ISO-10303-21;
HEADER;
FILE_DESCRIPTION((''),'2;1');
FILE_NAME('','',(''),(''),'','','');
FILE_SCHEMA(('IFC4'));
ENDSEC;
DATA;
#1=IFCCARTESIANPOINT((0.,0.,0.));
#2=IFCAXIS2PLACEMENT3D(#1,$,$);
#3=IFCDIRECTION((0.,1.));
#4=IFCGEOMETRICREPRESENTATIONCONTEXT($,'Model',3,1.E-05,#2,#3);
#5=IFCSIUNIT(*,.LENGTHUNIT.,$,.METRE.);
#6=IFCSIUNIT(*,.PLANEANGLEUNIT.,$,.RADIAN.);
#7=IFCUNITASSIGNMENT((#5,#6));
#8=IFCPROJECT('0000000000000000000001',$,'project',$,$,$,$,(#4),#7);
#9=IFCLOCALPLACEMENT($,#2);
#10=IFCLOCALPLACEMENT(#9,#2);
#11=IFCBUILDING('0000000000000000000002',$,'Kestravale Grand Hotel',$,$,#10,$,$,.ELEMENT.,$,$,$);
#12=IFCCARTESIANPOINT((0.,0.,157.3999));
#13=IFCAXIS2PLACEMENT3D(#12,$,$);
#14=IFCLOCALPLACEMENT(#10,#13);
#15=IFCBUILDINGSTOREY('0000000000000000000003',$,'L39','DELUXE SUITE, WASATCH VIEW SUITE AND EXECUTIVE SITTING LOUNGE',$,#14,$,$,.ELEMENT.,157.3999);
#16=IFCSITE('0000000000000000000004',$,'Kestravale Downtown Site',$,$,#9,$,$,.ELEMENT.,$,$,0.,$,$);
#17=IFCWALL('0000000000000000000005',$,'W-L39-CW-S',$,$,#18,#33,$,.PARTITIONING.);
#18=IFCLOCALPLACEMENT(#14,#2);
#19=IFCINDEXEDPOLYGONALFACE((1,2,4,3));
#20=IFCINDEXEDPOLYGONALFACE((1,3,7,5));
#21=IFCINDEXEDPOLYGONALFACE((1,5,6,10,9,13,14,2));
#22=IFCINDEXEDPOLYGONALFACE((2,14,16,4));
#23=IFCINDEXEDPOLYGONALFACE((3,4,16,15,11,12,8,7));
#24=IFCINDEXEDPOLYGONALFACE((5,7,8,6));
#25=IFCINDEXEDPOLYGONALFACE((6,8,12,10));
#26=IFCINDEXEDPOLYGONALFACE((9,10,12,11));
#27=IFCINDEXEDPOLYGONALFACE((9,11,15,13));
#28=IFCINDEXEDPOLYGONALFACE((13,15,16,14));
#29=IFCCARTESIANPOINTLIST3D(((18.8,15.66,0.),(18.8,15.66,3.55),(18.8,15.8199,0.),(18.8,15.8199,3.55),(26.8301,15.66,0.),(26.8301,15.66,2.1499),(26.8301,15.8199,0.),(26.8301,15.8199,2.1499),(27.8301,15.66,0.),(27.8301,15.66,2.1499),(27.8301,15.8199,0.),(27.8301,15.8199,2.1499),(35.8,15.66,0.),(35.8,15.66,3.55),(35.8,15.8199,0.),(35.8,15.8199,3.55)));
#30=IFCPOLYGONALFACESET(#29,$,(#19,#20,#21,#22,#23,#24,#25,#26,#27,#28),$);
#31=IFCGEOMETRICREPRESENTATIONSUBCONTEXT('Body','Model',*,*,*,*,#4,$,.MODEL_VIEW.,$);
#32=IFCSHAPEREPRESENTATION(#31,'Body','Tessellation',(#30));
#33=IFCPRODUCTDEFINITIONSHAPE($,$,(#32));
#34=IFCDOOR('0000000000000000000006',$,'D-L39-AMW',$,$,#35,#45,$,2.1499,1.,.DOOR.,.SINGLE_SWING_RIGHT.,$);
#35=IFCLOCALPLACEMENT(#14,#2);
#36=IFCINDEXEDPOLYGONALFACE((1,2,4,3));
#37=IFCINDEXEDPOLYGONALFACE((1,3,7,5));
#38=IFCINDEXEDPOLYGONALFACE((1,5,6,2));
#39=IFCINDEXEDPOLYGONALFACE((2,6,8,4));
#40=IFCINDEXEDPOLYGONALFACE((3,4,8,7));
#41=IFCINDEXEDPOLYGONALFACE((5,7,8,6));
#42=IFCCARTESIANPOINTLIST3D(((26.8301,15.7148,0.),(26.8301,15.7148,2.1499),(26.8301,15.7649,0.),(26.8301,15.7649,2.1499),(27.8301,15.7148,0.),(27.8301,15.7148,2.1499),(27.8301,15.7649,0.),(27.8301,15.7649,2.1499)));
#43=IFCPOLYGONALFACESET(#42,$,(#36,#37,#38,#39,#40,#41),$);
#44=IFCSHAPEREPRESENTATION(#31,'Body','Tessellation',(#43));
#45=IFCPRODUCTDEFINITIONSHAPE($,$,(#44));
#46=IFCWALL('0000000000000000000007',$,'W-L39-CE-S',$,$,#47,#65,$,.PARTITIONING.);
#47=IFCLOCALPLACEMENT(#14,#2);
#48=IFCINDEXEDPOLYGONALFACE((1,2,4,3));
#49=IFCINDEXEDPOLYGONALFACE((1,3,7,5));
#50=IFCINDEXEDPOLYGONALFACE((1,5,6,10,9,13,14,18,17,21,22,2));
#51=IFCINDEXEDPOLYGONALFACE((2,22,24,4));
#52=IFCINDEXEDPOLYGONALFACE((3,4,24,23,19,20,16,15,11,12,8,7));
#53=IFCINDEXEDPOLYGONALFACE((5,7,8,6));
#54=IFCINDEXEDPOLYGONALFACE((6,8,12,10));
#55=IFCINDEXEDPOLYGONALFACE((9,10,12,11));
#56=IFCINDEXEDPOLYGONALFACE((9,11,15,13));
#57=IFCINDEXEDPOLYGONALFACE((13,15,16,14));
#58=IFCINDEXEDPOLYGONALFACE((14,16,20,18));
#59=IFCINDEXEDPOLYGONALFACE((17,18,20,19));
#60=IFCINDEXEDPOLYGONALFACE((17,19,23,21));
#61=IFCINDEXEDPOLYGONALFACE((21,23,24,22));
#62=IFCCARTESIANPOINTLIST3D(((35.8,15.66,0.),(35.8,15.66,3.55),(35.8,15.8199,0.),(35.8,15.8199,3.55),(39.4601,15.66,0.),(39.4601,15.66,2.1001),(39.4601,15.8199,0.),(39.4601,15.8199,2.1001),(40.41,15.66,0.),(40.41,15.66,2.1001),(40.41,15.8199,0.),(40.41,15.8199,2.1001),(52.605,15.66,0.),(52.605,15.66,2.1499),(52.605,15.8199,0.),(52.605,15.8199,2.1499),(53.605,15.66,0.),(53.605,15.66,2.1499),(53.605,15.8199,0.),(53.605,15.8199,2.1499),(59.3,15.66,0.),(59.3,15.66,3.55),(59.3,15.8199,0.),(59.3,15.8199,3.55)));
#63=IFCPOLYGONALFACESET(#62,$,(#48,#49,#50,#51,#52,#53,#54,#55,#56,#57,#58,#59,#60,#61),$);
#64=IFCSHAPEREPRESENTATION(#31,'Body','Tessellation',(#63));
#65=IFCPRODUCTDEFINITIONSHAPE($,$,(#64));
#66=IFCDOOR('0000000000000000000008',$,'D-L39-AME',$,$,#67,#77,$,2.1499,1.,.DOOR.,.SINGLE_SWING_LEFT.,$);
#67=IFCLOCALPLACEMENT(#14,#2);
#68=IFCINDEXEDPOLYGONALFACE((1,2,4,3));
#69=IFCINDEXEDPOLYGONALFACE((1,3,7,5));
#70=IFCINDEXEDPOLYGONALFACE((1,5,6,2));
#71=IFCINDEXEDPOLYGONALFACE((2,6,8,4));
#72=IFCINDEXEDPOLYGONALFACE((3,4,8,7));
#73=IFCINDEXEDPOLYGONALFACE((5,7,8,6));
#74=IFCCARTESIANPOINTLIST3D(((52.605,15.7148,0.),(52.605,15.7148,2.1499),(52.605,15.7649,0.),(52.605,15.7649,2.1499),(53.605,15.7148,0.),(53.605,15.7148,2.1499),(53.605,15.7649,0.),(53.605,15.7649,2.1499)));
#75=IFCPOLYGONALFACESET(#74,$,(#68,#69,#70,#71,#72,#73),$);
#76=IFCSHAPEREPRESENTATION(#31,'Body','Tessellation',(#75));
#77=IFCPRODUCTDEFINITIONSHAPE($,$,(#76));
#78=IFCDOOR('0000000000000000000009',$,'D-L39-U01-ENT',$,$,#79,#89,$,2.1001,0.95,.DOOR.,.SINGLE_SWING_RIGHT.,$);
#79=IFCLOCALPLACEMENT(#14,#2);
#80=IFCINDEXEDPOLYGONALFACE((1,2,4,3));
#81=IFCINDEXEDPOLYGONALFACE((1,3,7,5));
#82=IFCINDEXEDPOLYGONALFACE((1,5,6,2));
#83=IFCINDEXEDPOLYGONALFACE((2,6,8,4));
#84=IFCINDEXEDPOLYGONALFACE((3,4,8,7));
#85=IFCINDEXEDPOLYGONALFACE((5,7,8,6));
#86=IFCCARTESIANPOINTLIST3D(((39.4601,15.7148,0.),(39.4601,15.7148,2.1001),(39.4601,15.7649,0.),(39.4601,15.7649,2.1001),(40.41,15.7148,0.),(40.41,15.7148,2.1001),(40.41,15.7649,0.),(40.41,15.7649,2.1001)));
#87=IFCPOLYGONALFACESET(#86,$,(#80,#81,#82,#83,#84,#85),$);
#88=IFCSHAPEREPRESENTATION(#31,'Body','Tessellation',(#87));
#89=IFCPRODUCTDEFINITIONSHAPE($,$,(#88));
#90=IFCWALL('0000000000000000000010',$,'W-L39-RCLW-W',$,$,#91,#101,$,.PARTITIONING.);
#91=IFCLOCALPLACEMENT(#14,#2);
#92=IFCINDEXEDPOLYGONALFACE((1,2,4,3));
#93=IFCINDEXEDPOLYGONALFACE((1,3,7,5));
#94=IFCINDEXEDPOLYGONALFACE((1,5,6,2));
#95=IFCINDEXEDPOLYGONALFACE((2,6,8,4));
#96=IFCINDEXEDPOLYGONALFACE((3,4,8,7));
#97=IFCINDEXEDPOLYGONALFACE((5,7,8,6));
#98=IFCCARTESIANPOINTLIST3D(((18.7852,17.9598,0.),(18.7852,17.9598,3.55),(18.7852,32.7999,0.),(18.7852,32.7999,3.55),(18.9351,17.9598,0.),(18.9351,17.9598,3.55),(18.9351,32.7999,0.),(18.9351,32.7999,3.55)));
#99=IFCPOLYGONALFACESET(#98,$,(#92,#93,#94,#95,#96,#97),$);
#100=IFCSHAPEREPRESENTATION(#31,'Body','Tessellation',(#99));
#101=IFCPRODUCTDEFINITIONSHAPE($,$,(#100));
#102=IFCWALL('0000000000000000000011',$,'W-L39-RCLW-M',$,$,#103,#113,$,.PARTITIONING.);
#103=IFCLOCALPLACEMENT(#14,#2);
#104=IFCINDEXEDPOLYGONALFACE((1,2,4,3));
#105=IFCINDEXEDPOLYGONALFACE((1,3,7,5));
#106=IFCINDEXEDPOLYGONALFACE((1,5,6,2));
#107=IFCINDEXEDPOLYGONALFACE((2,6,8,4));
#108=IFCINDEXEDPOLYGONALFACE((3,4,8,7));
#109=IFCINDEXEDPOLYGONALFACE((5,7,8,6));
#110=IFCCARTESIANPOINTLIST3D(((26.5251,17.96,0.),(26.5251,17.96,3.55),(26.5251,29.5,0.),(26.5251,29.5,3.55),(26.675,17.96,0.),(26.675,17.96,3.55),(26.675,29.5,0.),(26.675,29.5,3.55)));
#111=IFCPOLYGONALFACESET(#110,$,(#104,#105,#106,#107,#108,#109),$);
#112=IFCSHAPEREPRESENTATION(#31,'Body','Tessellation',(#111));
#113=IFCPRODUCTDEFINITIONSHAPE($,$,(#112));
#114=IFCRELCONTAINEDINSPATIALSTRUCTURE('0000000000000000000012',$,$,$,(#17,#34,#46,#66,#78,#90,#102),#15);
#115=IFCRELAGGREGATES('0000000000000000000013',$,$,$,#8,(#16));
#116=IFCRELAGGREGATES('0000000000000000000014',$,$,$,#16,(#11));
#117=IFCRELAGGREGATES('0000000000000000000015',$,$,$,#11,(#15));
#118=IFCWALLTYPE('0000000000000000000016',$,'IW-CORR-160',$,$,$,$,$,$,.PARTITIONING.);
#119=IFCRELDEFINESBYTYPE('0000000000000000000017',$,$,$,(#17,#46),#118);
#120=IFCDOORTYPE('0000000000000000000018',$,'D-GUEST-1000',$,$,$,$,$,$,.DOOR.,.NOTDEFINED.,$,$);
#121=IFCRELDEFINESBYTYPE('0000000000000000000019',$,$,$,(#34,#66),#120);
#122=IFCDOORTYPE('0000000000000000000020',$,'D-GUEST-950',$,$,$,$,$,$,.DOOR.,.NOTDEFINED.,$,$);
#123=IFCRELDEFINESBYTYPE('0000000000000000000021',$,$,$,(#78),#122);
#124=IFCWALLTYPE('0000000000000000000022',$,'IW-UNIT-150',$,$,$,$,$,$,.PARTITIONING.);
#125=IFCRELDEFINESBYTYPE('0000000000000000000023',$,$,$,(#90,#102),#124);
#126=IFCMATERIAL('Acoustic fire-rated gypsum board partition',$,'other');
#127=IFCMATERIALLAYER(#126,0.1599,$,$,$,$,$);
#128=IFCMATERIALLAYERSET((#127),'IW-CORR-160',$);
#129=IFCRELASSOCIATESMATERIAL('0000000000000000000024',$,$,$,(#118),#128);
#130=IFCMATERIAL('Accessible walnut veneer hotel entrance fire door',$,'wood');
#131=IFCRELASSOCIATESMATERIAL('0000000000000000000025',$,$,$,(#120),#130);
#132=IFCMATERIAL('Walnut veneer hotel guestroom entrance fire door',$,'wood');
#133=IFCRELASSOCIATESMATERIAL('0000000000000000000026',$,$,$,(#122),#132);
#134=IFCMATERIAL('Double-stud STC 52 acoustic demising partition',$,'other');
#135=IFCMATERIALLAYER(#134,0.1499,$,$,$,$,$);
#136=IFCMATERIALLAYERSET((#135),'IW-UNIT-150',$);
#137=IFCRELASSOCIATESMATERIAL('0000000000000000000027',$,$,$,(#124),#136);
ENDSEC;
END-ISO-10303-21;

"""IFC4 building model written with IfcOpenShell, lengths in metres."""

from ifc_helpers import new_model, si_unit, direction, frame, frame_2d, origin, place, context, subcontext, project, spatial, rectangle, extrude, material, layer, layer_set, type_object, element, fill, save


model = new_model("IFC4")

# Units and contexts
model_context = context("Model", 3, precision=1e-05, world=origin(), true_north=direction((0.0, 1.0)))
body_context = subcontext(model_context, "Body", "Model", "MODEL_VIEW")
ifc_project = project(units=[si_unit("LENGTHUNIT", "METRE"), si_unit("PLANEANGLEUNIT", "RADIAN")], contexts=[model_context])

# Site, building, storey
site_placement = place(None, origin())
site = spatial("IfcSite", under=ifc_project, at=site_placement, Name="Kestravale Downtown Site", CompositionType="ELEMENT", RefElevation=0.0)
building_placement = place(site_placement, origin())
building = spatial("IfcBuilding", under=site, at=building_placement, Name="Kestravale Grand Hotel", CompositionType="ELEMENT")
storey_placement = place(building_placement, frame((0.0, 0.0, 157.3999)))
storey = spatial("IfcBuildingStorey", under=building, at=storey_placement, Name="L39", Description="DELUXE SUITE, WASATCH VIEW SUITE AND EXECUTIVE SITTING LOUNGE", CompositionType="ELEMENT", Elevation=157.3999)

# Shared definitions
ifc_material_1 = material(Name="Acoustic fire-rated gypsum board partition", Category="other")
ifc_layer_1 = layer(ifc_material_1, 0.1599)
ifc_layer_set_1 = layer_set([ifc_layer_1], Name="IW-CORR-160")
wall_type_1 = type_object("IfcWallType", Name="IW-CORR-160", PredefinedType="PARTITIONING", material=ifc_layer_set_1)
ifc_material_2 = material(Name="Accessible walnut veneer hotel entrance fire door", Category="wood")
door_type_1 = type_object("IfcDoorType", Name="D-GUEST-1000", OperationType="NOTDEFINED", PredefinedType="DOOR", material=ifc_material_2)

# Wall, opening, door
wall_1_placement = place(storey_placement, frame((18.8, 15.74, 0.0), z_axis=(0.0, 0.0, 1.0), x_axis=(1.0, 0.0, 0.0)))
wall_1 = element("IfcWall", 1, at=wall_1_placement, inside=storey, type_object=wall_type_1, Name="W-L39-CW-S", PredefinedType="PARTITIONING", context=body_context, shape_type="SweptSolid", body=[
    extrude(rectangle(XDim=17.0, YDim=0.1599, at=frame_2d((8.5, 0.0))), origin(), (0.0, 0.0, 1.0), 3.55),
])
opening_1_placement = place(wall_1_placement, frame((8.03, 0.0, 0.0)))
opening_1 = element("IfcOpeningElement", 2, at=opening_1_placement, cuts=wall_1, PredefinedType="OPENING", context=body_context, shape_type="SweptSolid", body=[
    extrude(rectangle(XDim=1.0, YDim=2.1499, at=frame_2d((0.5, 1.075))), frame((0.0, 0.0898, 0.0), z_axis=(0.0, -1.0, 0.0), x_axis=(1.0, 0.0, 0.0)), (0.0, 0.0, 1.0), 0.1799),
])
door_1_placement = place(opening_1_placement, origin())
door_1 = element("IfcDoor", 3, at=door_1_placement, inside=storey, type_object=door_type_1, Name="D-L39-AMW", OperationType="SINGLE_SWING_RIGHT", OverallHeight=2.1499, OverallWidth=1.0, PredefinedType="DOOR", context=body_context, shape_type="SweptSolid", body=[
    extrude(rectangle(XDim=1.0, YDim=2.1499, at=frame_2d((0.5, 1.075))), frame((0.0, 0.0249, 0.0), z_axis=(0.0, -1.0, 0.0), x_axis=(1.0, 0.0, 0.0)), (0.0, 0.0, 1.0), 0.05),
])
fill(opening_1, door_1)

# Wall, openings, doors
wall_2_placement = place(storey_placement, frame((35.8, 15.74, 0.0), z_axis=(0.0, 0.0, 1.0), x_axis=(1.0, 0.0, 0.0)))
wall_2 = element("IfcWall", 4, at=wall_2_placement, inside=storey, type_object=wall_type_1, Name="W-L39-CE-S", PredefinedType="PARTITIONING", context=body_context, shape_type="SweptSolid", body=[
    extrude(rectangle(XDim=23.5, YDim=0.1599, at=frame_2d((11.75, 0.0))), origin(), (0.0, 0.0, 1.0), 3.55),
])
opening_2_placement = place(wall_2_placement, frame((3.6599, 0.0, 0.0)))
opening_2 = element("IfcOpeningElement", 5, at=opening_2_placement, cuts=wall_2, PredefinedType="OPENING", context=body_context, shape_type="SweptSolid", body=[
    extrude(rectangle(XDim=0.95, YDim=2.1001, at=frame_2d((0.4751, 1.05))), frame((0.0, 0.0898, 0.0), z_axis=(0.0, -1.0, 0.0), x_axis=(1.0, 0.0, 0.0)), (0.0, 0.0, 1.0), 0.1799),
])
opening_3_placement = place(wall_2_placement, frame((16.8049, 0.0, 0.0)))
opening_3 = element("IfcOpeningElement", 6, at=opening_3_placement, cuts=wall_2, PredefinedType="OPENING", context=body_context, shape_type="SweptSolid", body=[
    extrude(rectangle(XDim=1.0, YDim=2.1499, at=frame_2d((0.5, 1.075))), frame((0.0, 0.0898, 0.0), z_axis=(0.0, -1.0, 0.0), x_axis=(1.0, 0.0, 0.0)), (0.0, 0.0, 1.0), 0.1799),
])
door_2_placement = place(opening_3_placement, origin())
door_2 = element("IfcDoor", 7, at=door_2_placement, inside=storey, type_object=door_type_1, Name="D-L39-AME", OperationType="SINGLE_SWING_LEFT", OverallHeight=2.1499, OverallWidth=1.0, PredefinedType="DOOR", context=body_context, shape_type="SweptSolid", body=[
    extrude(rectangle(XDim=1.0, YDim=2.1499, at=frame_2d((0.5, 1.075))), frame((0.0, 0.0249, 0.0), z_axis=(0.0, -1.0, 0.0), x_axis=(1.0, 0.0, 0.0)), (0.0, 0.0, 1.0), 0.05),
])
fill(opening_3, door_2)
ifc_material_3 = material(Name="Walnut veneer hotel guestroom entrance fire door", Category="wood")
door_type_2 = type_object("IfcDoorType", Name="D-GUEST-950", OperationType="NOTDEFINED", PredefinedType="DOOR", material=ifc_material_3)
door_3_placement = place(opening_2_placement, origin())
door_3 = element("IfcDoor", 8, at=door_3_placement, inside=storey, type_object=door_type_2, Name="D-L39-U01-ENT", OperationType="SINGLE_SWING_RIGHT", OverallHeight=2.1001, OverallWidth=0.95, PredefinedType="DOOR", context=body_context, shape_type="SweptSolid", body=[
    extrude(rectangle(XDim=0.95, YDim=2.1001, at=frame_2d((0.4751, 1.05))), frame((0.0, 0.0249, 0.0), z_axis=(0.0, -1.0, 0.0), x_axis=(1.0, 0.0, 0.0)), (0.0, 0.0, 1.0), 0.05),
])
fill(opening_2, door_3)

# Walls
ifc_material_4 = material(Name="Double-stud STC 52 acoustic demising partition", Category="other")
ifc_layer_2 = layer(ifc_material_4, 0.1499)
ifc_layer_set_2 = layer_set([ifc_layer_2], Name="IW-UNIT-150")
wall_type_2 = type_object("IfcWallType", Name="IW-UNIT-150", PredefinedType="PARTITIONING", material=ifc_layer_set_2)
wall_3_placement = place(storey_placement, frame((18.8601, 17.96, 0.0), z_axis=(0.0, 0.0, 1.0), x_axis=(0.0, 1.0, 0.0)))
element("IfcWall", 9, at=wall_3_placement, inside=storey, type_object=wall_type_2, Name="W-L39-RCLW-W", PredefinedType="PARTITIONING", context=body_context, shape_type="SweptSolid", body=[
    extrude(rectangle(XDim=14.8401, YDim=0.1499, at=frame_2d((7.4199, 0.0))), origin(), (0.0, 0.0, 1.0), 3.55),
])
wall_4_placement = place(storey_placement, frame((26.6001, 17.96, 0.0), z_axis=(0.0, 0.0, 1.0), x_axis=(0.0, 1.0, 0.0)))
element("IfcWall", 10, at=wall_4_placement, inside=storey, type_object=wall_type_2, Name="W-L39-RCLW-M", PredefinedType="PARTITIONING", context=body_context, shape_type="SweptSolid", body=[
    extrude(rectangle(XDim=11.54, YDim=0.1499, at=frame_2d((5.77, 0.0))), origin(), (0.0, 0.0, 1.0), 3.55),
])

save(model, "model.ifc")
